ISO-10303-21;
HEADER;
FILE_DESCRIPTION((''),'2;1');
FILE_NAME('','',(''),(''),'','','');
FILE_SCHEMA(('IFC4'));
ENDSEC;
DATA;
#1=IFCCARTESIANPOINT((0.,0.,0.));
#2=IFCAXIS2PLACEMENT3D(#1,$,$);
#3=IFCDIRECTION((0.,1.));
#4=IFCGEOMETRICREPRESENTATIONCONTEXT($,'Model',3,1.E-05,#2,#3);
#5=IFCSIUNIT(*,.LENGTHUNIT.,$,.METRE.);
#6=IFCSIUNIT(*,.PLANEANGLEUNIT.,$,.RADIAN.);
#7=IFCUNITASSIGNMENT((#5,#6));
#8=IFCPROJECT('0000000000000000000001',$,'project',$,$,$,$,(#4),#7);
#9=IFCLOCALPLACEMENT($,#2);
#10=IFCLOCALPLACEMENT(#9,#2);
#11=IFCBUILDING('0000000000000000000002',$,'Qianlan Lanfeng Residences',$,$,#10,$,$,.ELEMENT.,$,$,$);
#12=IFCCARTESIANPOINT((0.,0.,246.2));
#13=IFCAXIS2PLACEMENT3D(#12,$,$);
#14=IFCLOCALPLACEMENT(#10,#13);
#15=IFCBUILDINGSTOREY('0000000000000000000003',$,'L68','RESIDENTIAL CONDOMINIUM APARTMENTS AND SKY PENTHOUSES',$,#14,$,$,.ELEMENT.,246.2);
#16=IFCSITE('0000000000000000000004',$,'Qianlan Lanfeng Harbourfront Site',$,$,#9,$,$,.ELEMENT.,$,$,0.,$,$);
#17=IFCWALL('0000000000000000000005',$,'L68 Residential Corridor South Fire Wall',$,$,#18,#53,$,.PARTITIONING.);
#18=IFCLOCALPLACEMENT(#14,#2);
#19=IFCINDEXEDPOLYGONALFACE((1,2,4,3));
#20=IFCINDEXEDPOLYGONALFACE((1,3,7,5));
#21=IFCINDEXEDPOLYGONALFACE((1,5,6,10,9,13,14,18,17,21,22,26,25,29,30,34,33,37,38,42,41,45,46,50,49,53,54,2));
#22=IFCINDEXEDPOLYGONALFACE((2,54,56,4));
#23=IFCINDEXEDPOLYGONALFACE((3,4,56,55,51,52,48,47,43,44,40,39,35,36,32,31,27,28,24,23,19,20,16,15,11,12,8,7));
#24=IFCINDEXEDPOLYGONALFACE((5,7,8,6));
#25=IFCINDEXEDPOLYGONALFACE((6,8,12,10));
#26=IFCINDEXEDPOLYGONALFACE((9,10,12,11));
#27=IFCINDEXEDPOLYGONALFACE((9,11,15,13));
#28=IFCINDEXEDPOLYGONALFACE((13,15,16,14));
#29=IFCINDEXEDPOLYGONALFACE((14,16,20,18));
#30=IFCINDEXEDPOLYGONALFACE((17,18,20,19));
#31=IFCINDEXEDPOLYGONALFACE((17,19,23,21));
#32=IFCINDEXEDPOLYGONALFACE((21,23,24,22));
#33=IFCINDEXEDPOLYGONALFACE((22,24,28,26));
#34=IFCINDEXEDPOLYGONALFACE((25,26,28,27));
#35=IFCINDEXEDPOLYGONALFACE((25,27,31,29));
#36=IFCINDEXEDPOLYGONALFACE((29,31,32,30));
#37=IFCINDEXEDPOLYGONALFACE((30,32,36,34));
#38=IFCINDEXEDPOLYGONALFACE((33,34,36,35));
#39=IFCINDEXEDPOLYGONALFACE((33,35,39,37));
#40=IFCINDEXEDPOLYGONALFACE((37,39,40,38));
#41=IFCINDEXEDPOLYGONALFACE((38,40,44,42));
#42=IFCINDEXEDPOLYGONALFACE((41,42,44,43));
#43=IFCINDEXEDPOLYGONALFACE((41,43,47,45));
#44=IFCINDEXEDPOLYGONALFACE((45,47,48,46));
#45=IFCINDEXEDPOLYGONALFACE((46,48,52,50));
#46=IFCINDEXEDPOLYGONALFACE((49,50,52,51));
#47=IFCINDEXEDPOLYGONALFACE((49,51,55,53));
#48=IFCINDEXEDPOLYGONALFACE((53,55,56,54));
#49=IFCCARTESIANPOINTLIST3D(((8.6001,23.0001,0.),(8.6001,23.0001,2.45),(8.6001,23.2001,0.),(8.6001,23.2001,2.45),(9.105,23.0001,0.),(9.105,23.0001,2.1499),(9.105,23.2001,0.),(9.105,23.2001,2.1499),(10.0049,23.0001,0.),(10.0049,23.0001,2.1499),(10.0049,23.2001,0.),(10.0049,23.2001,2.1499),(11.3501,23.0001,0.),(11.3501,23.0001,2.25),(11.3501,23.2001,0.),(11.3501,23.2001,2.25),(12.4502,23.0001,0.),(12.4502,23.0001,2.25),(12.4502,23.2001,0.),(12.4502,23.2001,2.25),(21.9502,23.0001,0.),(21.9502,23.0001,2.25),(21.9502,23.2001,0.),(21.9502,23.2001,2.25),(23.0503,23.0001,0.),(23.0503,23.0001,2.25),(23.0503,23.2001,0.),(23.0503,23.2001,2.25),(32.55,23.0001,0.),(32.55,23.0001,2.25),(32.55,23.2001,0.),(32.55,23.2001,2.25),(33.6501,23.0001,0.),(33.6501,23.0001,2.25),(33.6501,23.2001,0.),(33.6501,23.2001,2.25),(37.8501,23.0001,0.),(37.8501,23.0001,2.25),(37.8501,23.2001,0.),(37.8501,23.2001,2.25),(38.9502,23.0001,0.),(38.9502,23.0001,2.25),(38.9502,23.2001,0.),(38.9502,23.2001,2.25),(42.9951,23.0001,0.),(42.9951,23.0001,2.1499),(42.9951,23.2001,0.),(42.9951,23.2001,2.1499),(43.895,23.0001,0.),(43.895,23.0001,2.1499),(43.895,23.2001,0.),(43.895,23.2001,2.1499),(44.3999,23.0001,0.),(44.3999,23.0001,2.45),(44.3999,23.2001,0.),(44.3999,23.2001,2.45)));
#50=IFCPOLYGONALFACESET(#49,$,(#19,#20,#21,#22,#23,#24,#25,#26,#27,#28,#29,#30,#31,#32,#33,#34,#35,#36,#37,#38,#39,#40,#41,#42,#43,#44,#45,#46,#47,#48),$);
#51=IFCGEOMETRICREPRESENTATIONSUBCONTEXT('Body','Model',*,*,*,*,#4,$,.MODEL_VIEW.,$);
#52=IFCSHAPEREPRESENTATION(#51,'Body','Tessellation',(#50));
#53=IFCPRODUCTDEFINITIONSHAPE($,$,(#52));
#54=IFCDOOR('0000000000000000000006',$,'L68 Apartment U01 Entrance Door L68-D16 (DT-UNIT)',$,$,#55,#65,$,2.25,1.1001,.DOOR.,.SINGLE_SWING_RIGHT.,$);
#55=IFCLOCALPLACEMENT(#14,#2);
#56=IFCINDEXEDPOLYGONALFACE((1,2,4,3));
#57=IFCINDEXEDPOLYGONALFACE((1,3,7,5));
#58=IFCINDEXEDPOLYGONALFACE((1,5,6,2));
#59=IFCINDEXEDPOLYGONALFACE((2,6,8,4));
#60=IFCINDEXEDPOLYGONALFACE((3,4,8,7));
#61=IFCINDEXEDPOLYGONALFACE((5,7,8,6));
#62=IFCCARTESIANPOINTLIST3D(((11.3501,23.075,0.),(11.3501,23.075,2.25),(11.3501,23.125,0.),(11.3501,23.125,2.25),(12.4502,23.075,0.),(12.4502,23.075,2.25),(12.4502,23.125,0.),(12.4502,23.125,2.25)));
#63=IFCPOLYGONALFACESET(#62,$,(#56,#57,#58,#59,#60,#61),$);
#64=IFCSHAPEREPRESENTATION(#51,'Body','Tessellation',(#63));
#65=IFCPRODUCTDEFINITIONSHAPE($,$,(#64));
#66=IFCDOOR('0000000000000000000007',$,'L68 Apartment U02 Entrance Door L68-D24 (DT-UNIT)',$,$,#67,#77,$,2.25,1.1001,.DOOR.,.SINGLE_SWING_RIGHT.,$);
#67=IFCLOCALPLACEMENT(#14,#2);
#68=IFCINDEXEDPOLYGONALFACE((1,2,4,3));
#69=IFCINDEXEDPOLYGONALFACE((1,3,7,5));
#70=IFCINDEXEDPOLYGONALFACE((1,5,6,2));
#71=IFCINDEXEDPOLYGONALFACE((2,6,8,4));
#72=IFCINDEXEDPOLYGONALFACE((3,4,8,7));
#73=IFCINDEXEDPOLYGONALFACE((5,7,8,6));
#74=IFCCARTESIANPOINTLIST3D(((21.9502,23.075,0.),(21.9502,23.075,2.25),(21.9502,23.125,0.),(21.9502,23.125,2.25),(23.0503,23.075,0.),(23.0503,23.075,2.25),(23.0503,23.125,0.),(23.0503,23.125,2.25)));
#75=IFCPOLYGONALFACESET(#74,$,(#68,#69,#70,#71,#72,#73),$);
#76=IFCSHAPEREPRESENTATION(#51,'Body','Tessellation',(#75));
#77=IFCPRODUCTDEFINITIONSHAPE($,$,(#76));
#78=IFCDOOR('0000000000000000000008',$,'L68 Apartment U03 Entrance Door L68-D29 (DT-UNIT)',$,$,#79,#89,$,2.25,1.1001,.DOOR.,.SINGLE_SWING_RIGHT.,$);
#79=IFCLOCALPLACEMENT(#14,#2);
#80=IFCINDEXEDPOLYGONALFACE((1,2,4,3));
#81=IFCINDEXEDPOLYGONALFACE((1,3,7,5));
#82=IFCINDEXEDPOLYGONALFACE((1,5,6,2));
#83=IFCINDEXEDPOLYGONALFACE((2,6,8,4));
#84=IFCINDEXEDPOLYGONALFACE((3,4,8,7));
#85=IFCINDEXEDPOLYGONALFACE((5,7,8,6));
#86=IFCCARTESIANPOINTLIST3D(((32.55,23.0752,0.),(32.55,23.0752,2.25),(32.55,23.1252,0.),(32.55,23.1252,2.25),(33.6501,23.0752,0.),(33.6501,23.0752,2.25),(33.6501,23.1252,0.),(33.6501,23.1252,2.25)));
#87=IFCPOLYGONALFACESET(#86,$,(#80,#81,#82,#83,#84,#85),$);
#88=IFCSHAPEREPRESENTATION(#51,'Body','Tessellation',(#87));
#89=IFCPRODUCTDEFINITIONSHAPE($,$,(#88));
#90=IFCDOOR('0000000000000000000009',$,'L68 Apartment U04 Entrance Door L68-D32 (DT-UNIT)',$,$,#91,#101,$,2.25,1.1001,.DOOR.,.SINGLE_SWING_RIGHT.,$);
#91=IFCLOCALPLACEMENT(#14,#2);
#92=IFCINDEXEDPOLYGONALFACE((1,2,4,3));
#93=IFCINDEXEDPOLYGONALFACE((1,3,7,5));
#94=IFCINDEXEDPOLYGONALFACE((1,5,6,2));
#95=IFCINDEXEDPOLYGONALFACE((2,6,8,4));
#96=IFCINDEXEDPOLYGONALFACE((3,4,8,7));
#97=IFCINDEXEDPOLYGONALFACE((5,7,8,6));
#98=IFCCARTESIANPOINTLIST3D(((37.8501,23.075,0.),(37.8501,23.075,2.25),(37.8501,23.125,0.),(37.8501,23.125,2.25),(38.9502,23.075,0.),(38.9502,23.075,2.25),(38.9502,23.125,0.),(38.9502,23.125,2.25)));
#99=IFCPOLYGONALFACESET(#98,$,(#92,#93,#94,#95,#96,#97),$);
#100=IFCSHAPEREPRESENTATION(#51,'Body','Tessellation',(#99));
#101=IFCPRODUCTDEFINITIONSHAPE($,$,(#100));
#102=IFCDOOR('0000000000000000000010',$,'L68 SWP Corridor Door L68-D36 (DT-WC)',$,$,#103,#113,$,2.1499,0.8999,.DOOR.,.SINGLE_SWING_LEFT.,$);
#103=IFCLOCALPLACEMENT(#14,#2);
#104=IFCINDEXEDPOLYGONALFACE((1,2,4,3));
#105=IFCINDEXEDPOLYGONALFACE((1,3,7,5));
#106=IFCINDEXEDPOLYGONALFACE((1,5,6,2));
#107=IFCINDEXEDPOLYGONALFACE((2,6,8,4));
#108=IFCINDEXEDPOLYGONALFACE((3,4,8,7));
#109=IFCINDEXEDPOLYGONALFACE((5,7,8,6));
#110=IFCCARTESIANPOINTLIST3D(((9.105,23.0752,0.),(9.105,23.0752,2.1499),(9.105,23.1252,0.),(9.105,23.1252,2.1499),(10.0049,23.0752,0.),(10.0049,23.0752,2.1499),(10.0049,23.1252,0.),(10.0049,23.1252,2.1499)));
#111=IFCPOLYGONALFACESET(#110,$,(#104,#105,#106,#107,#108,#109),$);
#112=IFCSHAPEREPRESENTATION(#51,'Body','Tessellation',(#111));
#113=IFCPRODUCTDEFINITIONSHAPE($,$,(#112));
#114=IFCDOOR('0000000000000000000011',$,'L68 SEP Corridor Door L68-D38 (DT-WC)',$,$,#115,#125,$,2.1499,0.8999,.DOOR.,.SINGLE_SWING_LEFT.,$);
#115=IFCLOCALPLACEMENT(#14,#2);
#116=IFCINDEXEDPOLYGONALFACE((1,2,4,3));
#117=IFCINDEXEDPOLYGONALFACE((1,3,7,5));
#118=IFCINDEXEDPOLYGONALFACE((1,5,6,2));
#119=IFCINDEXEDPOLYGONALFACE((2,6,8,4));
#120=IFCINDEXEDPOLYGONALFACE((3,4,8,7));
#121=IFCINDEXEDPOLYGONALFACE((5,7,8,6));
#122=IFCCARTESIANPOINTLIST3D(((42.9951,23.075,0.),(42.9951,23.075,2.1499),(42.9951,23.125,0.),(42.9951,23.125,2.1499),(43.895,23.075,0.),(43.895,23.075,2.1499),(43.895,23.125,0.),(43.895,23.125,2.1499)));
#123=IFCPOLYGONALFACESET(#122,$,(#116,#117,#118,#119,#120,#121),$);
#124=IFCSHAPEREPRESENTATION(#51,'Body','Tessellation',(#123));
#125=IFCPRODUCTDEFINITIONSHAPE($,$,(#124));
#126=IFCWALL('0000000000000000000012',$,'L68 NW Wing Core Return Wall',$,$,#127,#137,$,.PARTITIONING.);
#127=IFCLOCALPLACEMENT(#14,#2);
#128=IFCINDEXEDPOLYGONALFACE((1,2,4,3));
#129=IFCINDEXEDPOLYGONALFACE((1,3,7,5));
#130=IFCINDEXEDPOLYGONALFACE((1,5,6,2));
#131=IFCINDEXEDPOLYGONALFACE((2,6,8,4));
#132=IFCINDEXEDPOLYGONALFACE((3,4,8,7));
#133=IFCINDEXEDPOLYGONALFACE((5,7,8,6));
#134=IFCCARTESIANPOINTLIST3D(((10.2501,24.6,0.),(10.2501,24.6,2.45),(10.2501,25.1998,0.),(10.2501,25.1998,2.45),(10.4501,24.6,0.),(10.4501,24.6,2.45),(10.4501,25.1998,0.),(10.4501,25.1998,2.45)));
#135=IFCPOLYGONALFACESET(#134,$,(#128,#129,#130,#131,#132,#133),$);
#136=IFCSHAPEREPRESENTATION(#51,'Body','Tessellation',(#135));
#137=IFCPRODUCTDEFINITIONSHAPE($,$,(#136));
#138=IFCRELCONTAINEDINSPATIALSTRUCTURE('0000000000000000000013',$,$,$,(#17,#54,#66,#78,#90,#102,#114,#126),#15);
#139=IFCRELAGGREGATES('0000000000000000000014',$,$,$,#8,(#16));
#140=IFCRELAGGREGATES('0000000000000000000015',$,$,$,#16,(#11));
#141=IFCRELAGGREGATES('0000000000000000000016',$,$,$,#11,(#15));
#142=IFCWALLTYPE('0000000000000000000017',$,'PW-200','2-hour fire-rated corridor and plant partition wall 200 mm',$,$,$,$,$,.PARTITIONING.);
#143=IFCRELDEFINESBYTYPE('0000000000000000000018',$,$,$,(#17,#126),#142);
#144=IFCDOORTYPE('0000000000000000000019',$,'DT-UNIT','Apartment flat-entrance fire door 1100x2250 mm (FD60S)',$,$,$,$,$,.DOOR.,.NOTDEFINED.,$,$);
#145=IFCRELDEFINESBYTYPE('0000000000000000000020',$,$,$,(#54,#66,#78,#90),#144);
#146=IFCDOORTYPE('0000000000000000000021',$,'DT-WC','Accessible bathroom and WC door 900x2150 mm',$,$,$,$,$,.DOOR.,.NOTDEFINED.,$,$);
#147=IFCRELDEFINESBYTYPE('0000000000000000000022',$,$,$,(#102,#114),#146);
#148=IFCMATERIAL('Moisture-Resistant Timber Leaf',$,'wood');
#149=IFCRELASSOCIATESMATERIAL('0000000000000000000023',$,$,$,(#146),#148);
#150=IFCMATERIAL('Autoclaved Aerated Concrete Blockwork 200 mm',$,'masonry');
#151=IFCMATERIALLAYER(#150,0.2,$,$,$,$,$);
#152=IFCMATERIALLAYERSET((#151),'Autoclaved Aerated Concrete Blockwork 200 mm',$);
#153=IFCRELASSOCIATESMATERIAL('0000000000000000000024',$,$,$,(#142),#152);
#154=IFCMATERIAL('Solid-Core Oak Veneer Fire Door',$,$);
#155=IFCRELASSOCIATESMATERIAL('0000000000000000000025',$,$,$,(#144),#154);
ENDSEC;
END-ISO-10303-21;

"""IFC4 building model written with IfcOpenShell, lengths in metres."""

from ifc_helpers import new_model, si_unit, direction, frame, frame_2d, origin, place, context, subcontext, project, spatial, rectangle, extrude, material, layer, layer_set, type_object, element, fill, save


model = new_model("IFC4")

# Units and contexts
model_context = context("Model", 3, precision=1e-05, world=origin(), true_north=direction((0.0, 1.0)))
body_context = subcontext(model_context, "Body", "Model", "MODEL_VIEW")
ifc_project = project(units=[si_unit("LENGTHUNIT", "METRE"), si_unit("PLANEANGLEUNIT", "RADIAN")], contexts=[model_context])

# Site, building, storey
site_placement = place(None, origin())
site = spatial("IfcSite", under=ifc_project, at=site_placement, Name="Qianlan Lanfeng Harbourfront Site", CompositionType="ELEMENT", RefElevation=0.0)
building_placement = place(site_placement, origin())
building = spatial("IfcBuilding", under=site, at=building_placement, Name="Qianlan Lanfeng Residences", CompositionType="ELEMENT")
storey_placement = place(building_placement, frame((0.0, 0.0, 246.2)))
storey = spatial("IfcBuildingStorey", under=building, at=storey_placement, Name="L68", Description="RESIDENTIAL CONDOMINIUM APARTMENTS AND SKY PENTHOUSES", CompositionType="ELEMENT", Elevation=246.2)

# Shared definitions
ifc_material_1 = material(Name="Moisture-Resistant Timber Leaf", Category="wood")
door_type_1 = type_object("IfcDoorType", Name="DT-WC", Description="Accessible bathroom and WC door 900x2150 mm", OperationType="NOTDEFINED", PredefinedType="DOOR", material=ifc_material_1)

# Wall, openings, doors
ifc_material_2 = material(Name="Autoclaved Aerated Concrete Blockwork 200 mm", Category="masonry")
ifc_layer_1 = layer(ifc_material_2, 0.2)
ifc_layer_set_1 = layer_set([ifc_layer_1], Name="Autoclaved Aerated Concrete Blockwork 200 mm")
wall_type_1 = type_object("IfcWallType", Name="PW-200", Description="2-hour fire-rated corridor and plant partition wall 200 mm", PredefinedType="PARTITIONING", material=ifc_layer_set_1)
wall_1_placement = place(storey_placement, frame((8.6001, 23.1001, 0.0), z_axis=(0.0, 0.0, 1.0), x_axis=(1.0, 0.0, 0.0)))
wall_1 = element("IfcWall", 1, at=wall_1_placement, inside=storey, type_object=wall_type_1, Name="L68 Residential Corridor South Fire Wall", PredefinedType="PARTITIONING", context=body_context, shape_type="SweptSolid", body=[
    extrude(rectangle(XDim=35.7998, YDim=0.2, at=frame_2d((17.8999, 0.0))), origin(), (0.0, 0.0, 1.0), 2.45),
])
opening_1_placement = place(wall_1_placement, frame((2.75, 0.0, 0.0)))
opening_1 = element("IfcOpeningElement", 2, at=opening_1_placement, cuts=wall_1, PredefinedType="OPENING", context=body_context, shape_type="SweptSolid", body=[
    extrude(rectangle(XDim=1.1001, YDim=2.25, at=frame_2d((0.55, 1.125))), frame((0.0, 0.1099, 0.0), z_axis=(0.0, -1.0, 0.0), x_axis=(1.0, 0.0, 0.0)), (0.0, 0.0, 1.0), 0.22),
])
opening_2_placement = place(wall_1_placement, frame((13.3501, 0.0, 0.0)))
opening_2 = element("IfcOpeningElement", 3, at=opening_2_placement, cuts=wall_1, PredefinedType="OPENING", context=body_context, shape_type="SweptSolid", body=[
    extrude(rectangle(XDim=1.1001, YDim=2.25, at=frame_2d((0.55, 1.125))), frame((0.0, 0.1099, 0.0), z_axis=(0.0, -1.0, 0.0), x_axis=(1.0, 0.0, 0.0)), (0.0, 0.0, 1.0), 0.22),
])
opening_3_placement = place(wall_1_placement, frame((23.95, 0.0, 0.0)))
opening_3 = element("IfcOpeningElement", 4, at=opening_3_placement, cuts=wall_1, PredefinedType="OPENING", context=body_context, shape_type="SweptSolid", body=[
    extrude(rectangle(XDim=1.1001, YDim=2.25, at=frame_2d((0.55, 1.125))), frame((0.0, 0.1099, 0.0), z_axis=(0.0, -1.0, 0.0), x_axis=(1.0, 0.0, 0.0)), (0.0, 0.0, 1.0), 0.22),
])
opening_4_placement = place(wall_1_placement, frame((29.25, 0.0, 0.0)))
opening_4 = element("IfcOpeningElement", 5, at=opening_4_placement, cuts=wall_1, PredefinedType="OPENING", context=body_context, shape_type="SweptSolid", body=[
    extrude(rectangle(XDim=1.1001, YDim=2.25, at=frame_2d((0.55, 1.125))), frame((0.0, 0.1099, 0.0), z_axis=(0.0, -1.0, 0.0), x_axis=(1.0, 0.0, 0.0)), (0.0, 0.0, 1.0), 0.22),
])
opening_5_placement = place(wall_1_placement, frame((0.5049, 0.0, 0.0)))
opening_5 = element("IfcOpeningElement", 6, at=opening_5_placement, cuts=wall_1, PredefinedType="OPENING", context=body_context, shape_type="SweptSolid", body=[
    extrude(rectangle(XDim=0.8999, YDim=2.1499, at=frame_2d((0.45, 1.075))), frame((0.0, 0.1099, 0.0), z_axis=(0.0, -1.0, 0.0), x_axis=(1.0, 0.0, 0.0)), (0.0, 0.0, 1.0), 0.22),
])
opening_6_placement = place(wall_1_placement, frame((34.395, 0.0, 0.0)))
opening_6 = element("IfcOpeningElement", 7, at=opening_6_placement, cuts=wall_1, PredefinedType="OPENING", context=body_context, shape_type="SweptSolid", body=[
    extrude(rectangle(XDim=0.8999, YDim=2.1499, at=frame_2d((0.45, 1.075))), frame((0.0, 0.1099, 0.0), z_axis=(0.0, -1.0, 0.0), x_axis=(1.0, 0.0, 0.0)), (0.0, 0.0, 1.0), 0.22),
])
ifc_material_3 = material(Name="Solid-Core Oak Veneer Fire Door")
door_type_2 = type_object("IfcDoorType", Name="DT-UNIT", Description="Apartment flat-entrance fire door 1100x2250 mm (FD60S)", OperationType="NOTDEFINED", PredefinedType="DOOR", material=ifc_material_3)
door_1_placement = place(opening_1_placement, origin())
door_1 = element("IfcDoor", 8, at=door_1_placement, inside=storey, type_object=door_type_2, Name="L68 Apartment U01 Entrance Door L68-D16 (DT-UNIT)", OperationType="SINGLE_SWING_RIGHT", OverallHeight=2.25, OverallWidth=1.1001, PredefinedType="DOOR", context=body_context, shape_type="SweptSolid", body=[
    extrude(rectangle(XDim=1.1001, YDim=2.25, at=frame_2d((0.55, 1.125))), frame((0.0, 0.0249, 0.0), z_axis=(0.0, -1.0, 0.0), x_axis=(1.0, 0.0, 0.0)), (0.0, 0.0, 1.0), 0.05),
])
fill(opening_1, door_1)
door_2_placement = place(opening_2_placement, origin())
door_2 = element("IfcDoor", 9, at=door_2_placement, inside=storey, type_object=door_type_2, Name="L68 Apartment U02 Entrance Door L68-D24 (DT-UNIT)", OperationType="SINGLE_SWING_RIGHT", OverallHeight=2.25, OverallWidth=1.1001, PredefinedType="DOOR", context=body_context, shape_type="SweptSolid", body=[
    extrude(rectangle(XDim=1.1001, YDim=2.25, at=frame_2d((0.55, 1.125))), frame((0.0, 0.0249, 0.0), z_axis=(0.0, -1.0, 0.0), x_axis=(1.0, 0.0, 0.0)), (0.0, 0.0, 1.0), 0.05),
])
fill(opening_2, door_2)
door_3_placement = place(opening_3_placement, frame((1.1001, 0.0, 0.0), z_axis=(0.0, 0.0, 1.0), x_axis=(-1.0, 0.0, 0.0)))
door_3 = element("IfcDoor", 10, at=door_3_placement, inside=storey, type_object=door_type_2, Name="L68 Apartment U03 Entrance Door L68-D29 (DT-UNIT)", OperationType="SINGLE_SWING_RIGHT", OverallHeight=2.25, OverallWidth=1.1001, PredefinedType="DOOR", context=body_context, shape_type="SweptSolid", body=[
    extrude(rectangle(XDim=1.1001, YDim=2.25, at=frame_2d((0.55, 1.125))), frame((0.0, 0.0249, 0.0), z_axis=(0.0, -1.0, 0.0), x_axis=(1.0, 0.0, 0.0)), (0.0, 0.0, 1.0), 0.05),
])
fill(opening_3, door_3)
door_4_placement = place(opening_4_placement, origin())
door_4 = element("IfcDoor", 11, at=door_4_placement, inside=storey, type_object=door_type_2, Name="L68 Apartment U04 Entrance Door L68-D32 (DT-UNIT)", OperationType="SINGLE_SWING_RIGHT", OverallHeight=2.25, OverallWidth=1.1001, PredefinedType="DOOR", context=body_context, shape_type="SweptSolid", body=[
    extrude(rectangle(XDim=1.1001, YDim=2.25, at=frame_2d((0.55, 1.125))), frame((0.0, 0.0249, 0.0), z_axis=(0.0, -1.0, 0.0), x_axis=(1.0, 0.0, 0.0)), (0.0, 0.0, 1.0), 0.05),
])
fill(opening_4, door_4)
door_5_placement = place(opening_5_placement, frame((0.8999, 0.0, 0.0), z_axis=(0.0, 0.0, 1.0), x_axis=(-1.0, 0.0, 0.0)))
door_5 = element("IfcDoor", 12, at=door_5_placement, inside=storey, type_object=door_type_1, Name="L68 SWP Corridor Door L68-D36 (DT-WC)", OperationType="SINGLE_SWING_LEFT", OverallHeight=2.1499, OverallWidth=0.8999, PredefinedType="DOOR", context=body_context, shape_type="SweptSolid", body=[
    extrude(rectangle(XDim=0.8999, YDim=2.1499, at=frame_2d((0.45, 1.075))), frame((0.0, 0.0249, 0.0), z_axis=(0.0, -1.0, 0.0), x_axis=(1.0, 0.0, 0.0)), (0.0, 0.0, 1.0), 0.05),
])
fill(opening_5, door_5)
door_6_placement = place(opening_6_placement, origin())
door_6 = element("IfcDoor", 13, at=door_6_placement, inside=storey, type_object=door_type_1, Name="L68 SEP Corridor Door L68-D38 (DT-WC)", OperationType="SINGLE_SWING_LEFT", OverallHeight=2.1499, OverallWidth=0.8999, PredefinedType="DOOR", context=body_context, shape_type="SweptSolid", body=[
    extrude(rectangle(XDim=0.8999, YDim=2.1499, at=frame_2d((0.45, 1.075))), frame((0.0, 0.0249, 0.0), z_axis=(0.0, -1.0, 0.0), x_axis=(1.0, 0.0, 0.0)), (0.0, 0.0, 1.0), 0.05),
])
fill(opening_6, door_6)

# Wall
wall_2_placement = place(storey_placement, frame((10.3501, 24.6001, 0.0), z_axis=(0.0, 0.0, 1.0), x_axis=(0.0, 1.0, 0.0)))
element("IfcWall", 14, at=wall_2_placement, inside=storey, type_object=wall_type_1, Name="L68 NW Wing Core Return Wall", PredefinedType="PARTITIONING", context=body_context, shape_type="SweptSolid", body=[
    extrude(rectangle(XDim=0.5999, YDim=0.2, at=frame_2d((0.2998, 0.0))), origin(), (0.0, 0.0, 1.0), 2.45),
])

save(model, "model.ifc")
